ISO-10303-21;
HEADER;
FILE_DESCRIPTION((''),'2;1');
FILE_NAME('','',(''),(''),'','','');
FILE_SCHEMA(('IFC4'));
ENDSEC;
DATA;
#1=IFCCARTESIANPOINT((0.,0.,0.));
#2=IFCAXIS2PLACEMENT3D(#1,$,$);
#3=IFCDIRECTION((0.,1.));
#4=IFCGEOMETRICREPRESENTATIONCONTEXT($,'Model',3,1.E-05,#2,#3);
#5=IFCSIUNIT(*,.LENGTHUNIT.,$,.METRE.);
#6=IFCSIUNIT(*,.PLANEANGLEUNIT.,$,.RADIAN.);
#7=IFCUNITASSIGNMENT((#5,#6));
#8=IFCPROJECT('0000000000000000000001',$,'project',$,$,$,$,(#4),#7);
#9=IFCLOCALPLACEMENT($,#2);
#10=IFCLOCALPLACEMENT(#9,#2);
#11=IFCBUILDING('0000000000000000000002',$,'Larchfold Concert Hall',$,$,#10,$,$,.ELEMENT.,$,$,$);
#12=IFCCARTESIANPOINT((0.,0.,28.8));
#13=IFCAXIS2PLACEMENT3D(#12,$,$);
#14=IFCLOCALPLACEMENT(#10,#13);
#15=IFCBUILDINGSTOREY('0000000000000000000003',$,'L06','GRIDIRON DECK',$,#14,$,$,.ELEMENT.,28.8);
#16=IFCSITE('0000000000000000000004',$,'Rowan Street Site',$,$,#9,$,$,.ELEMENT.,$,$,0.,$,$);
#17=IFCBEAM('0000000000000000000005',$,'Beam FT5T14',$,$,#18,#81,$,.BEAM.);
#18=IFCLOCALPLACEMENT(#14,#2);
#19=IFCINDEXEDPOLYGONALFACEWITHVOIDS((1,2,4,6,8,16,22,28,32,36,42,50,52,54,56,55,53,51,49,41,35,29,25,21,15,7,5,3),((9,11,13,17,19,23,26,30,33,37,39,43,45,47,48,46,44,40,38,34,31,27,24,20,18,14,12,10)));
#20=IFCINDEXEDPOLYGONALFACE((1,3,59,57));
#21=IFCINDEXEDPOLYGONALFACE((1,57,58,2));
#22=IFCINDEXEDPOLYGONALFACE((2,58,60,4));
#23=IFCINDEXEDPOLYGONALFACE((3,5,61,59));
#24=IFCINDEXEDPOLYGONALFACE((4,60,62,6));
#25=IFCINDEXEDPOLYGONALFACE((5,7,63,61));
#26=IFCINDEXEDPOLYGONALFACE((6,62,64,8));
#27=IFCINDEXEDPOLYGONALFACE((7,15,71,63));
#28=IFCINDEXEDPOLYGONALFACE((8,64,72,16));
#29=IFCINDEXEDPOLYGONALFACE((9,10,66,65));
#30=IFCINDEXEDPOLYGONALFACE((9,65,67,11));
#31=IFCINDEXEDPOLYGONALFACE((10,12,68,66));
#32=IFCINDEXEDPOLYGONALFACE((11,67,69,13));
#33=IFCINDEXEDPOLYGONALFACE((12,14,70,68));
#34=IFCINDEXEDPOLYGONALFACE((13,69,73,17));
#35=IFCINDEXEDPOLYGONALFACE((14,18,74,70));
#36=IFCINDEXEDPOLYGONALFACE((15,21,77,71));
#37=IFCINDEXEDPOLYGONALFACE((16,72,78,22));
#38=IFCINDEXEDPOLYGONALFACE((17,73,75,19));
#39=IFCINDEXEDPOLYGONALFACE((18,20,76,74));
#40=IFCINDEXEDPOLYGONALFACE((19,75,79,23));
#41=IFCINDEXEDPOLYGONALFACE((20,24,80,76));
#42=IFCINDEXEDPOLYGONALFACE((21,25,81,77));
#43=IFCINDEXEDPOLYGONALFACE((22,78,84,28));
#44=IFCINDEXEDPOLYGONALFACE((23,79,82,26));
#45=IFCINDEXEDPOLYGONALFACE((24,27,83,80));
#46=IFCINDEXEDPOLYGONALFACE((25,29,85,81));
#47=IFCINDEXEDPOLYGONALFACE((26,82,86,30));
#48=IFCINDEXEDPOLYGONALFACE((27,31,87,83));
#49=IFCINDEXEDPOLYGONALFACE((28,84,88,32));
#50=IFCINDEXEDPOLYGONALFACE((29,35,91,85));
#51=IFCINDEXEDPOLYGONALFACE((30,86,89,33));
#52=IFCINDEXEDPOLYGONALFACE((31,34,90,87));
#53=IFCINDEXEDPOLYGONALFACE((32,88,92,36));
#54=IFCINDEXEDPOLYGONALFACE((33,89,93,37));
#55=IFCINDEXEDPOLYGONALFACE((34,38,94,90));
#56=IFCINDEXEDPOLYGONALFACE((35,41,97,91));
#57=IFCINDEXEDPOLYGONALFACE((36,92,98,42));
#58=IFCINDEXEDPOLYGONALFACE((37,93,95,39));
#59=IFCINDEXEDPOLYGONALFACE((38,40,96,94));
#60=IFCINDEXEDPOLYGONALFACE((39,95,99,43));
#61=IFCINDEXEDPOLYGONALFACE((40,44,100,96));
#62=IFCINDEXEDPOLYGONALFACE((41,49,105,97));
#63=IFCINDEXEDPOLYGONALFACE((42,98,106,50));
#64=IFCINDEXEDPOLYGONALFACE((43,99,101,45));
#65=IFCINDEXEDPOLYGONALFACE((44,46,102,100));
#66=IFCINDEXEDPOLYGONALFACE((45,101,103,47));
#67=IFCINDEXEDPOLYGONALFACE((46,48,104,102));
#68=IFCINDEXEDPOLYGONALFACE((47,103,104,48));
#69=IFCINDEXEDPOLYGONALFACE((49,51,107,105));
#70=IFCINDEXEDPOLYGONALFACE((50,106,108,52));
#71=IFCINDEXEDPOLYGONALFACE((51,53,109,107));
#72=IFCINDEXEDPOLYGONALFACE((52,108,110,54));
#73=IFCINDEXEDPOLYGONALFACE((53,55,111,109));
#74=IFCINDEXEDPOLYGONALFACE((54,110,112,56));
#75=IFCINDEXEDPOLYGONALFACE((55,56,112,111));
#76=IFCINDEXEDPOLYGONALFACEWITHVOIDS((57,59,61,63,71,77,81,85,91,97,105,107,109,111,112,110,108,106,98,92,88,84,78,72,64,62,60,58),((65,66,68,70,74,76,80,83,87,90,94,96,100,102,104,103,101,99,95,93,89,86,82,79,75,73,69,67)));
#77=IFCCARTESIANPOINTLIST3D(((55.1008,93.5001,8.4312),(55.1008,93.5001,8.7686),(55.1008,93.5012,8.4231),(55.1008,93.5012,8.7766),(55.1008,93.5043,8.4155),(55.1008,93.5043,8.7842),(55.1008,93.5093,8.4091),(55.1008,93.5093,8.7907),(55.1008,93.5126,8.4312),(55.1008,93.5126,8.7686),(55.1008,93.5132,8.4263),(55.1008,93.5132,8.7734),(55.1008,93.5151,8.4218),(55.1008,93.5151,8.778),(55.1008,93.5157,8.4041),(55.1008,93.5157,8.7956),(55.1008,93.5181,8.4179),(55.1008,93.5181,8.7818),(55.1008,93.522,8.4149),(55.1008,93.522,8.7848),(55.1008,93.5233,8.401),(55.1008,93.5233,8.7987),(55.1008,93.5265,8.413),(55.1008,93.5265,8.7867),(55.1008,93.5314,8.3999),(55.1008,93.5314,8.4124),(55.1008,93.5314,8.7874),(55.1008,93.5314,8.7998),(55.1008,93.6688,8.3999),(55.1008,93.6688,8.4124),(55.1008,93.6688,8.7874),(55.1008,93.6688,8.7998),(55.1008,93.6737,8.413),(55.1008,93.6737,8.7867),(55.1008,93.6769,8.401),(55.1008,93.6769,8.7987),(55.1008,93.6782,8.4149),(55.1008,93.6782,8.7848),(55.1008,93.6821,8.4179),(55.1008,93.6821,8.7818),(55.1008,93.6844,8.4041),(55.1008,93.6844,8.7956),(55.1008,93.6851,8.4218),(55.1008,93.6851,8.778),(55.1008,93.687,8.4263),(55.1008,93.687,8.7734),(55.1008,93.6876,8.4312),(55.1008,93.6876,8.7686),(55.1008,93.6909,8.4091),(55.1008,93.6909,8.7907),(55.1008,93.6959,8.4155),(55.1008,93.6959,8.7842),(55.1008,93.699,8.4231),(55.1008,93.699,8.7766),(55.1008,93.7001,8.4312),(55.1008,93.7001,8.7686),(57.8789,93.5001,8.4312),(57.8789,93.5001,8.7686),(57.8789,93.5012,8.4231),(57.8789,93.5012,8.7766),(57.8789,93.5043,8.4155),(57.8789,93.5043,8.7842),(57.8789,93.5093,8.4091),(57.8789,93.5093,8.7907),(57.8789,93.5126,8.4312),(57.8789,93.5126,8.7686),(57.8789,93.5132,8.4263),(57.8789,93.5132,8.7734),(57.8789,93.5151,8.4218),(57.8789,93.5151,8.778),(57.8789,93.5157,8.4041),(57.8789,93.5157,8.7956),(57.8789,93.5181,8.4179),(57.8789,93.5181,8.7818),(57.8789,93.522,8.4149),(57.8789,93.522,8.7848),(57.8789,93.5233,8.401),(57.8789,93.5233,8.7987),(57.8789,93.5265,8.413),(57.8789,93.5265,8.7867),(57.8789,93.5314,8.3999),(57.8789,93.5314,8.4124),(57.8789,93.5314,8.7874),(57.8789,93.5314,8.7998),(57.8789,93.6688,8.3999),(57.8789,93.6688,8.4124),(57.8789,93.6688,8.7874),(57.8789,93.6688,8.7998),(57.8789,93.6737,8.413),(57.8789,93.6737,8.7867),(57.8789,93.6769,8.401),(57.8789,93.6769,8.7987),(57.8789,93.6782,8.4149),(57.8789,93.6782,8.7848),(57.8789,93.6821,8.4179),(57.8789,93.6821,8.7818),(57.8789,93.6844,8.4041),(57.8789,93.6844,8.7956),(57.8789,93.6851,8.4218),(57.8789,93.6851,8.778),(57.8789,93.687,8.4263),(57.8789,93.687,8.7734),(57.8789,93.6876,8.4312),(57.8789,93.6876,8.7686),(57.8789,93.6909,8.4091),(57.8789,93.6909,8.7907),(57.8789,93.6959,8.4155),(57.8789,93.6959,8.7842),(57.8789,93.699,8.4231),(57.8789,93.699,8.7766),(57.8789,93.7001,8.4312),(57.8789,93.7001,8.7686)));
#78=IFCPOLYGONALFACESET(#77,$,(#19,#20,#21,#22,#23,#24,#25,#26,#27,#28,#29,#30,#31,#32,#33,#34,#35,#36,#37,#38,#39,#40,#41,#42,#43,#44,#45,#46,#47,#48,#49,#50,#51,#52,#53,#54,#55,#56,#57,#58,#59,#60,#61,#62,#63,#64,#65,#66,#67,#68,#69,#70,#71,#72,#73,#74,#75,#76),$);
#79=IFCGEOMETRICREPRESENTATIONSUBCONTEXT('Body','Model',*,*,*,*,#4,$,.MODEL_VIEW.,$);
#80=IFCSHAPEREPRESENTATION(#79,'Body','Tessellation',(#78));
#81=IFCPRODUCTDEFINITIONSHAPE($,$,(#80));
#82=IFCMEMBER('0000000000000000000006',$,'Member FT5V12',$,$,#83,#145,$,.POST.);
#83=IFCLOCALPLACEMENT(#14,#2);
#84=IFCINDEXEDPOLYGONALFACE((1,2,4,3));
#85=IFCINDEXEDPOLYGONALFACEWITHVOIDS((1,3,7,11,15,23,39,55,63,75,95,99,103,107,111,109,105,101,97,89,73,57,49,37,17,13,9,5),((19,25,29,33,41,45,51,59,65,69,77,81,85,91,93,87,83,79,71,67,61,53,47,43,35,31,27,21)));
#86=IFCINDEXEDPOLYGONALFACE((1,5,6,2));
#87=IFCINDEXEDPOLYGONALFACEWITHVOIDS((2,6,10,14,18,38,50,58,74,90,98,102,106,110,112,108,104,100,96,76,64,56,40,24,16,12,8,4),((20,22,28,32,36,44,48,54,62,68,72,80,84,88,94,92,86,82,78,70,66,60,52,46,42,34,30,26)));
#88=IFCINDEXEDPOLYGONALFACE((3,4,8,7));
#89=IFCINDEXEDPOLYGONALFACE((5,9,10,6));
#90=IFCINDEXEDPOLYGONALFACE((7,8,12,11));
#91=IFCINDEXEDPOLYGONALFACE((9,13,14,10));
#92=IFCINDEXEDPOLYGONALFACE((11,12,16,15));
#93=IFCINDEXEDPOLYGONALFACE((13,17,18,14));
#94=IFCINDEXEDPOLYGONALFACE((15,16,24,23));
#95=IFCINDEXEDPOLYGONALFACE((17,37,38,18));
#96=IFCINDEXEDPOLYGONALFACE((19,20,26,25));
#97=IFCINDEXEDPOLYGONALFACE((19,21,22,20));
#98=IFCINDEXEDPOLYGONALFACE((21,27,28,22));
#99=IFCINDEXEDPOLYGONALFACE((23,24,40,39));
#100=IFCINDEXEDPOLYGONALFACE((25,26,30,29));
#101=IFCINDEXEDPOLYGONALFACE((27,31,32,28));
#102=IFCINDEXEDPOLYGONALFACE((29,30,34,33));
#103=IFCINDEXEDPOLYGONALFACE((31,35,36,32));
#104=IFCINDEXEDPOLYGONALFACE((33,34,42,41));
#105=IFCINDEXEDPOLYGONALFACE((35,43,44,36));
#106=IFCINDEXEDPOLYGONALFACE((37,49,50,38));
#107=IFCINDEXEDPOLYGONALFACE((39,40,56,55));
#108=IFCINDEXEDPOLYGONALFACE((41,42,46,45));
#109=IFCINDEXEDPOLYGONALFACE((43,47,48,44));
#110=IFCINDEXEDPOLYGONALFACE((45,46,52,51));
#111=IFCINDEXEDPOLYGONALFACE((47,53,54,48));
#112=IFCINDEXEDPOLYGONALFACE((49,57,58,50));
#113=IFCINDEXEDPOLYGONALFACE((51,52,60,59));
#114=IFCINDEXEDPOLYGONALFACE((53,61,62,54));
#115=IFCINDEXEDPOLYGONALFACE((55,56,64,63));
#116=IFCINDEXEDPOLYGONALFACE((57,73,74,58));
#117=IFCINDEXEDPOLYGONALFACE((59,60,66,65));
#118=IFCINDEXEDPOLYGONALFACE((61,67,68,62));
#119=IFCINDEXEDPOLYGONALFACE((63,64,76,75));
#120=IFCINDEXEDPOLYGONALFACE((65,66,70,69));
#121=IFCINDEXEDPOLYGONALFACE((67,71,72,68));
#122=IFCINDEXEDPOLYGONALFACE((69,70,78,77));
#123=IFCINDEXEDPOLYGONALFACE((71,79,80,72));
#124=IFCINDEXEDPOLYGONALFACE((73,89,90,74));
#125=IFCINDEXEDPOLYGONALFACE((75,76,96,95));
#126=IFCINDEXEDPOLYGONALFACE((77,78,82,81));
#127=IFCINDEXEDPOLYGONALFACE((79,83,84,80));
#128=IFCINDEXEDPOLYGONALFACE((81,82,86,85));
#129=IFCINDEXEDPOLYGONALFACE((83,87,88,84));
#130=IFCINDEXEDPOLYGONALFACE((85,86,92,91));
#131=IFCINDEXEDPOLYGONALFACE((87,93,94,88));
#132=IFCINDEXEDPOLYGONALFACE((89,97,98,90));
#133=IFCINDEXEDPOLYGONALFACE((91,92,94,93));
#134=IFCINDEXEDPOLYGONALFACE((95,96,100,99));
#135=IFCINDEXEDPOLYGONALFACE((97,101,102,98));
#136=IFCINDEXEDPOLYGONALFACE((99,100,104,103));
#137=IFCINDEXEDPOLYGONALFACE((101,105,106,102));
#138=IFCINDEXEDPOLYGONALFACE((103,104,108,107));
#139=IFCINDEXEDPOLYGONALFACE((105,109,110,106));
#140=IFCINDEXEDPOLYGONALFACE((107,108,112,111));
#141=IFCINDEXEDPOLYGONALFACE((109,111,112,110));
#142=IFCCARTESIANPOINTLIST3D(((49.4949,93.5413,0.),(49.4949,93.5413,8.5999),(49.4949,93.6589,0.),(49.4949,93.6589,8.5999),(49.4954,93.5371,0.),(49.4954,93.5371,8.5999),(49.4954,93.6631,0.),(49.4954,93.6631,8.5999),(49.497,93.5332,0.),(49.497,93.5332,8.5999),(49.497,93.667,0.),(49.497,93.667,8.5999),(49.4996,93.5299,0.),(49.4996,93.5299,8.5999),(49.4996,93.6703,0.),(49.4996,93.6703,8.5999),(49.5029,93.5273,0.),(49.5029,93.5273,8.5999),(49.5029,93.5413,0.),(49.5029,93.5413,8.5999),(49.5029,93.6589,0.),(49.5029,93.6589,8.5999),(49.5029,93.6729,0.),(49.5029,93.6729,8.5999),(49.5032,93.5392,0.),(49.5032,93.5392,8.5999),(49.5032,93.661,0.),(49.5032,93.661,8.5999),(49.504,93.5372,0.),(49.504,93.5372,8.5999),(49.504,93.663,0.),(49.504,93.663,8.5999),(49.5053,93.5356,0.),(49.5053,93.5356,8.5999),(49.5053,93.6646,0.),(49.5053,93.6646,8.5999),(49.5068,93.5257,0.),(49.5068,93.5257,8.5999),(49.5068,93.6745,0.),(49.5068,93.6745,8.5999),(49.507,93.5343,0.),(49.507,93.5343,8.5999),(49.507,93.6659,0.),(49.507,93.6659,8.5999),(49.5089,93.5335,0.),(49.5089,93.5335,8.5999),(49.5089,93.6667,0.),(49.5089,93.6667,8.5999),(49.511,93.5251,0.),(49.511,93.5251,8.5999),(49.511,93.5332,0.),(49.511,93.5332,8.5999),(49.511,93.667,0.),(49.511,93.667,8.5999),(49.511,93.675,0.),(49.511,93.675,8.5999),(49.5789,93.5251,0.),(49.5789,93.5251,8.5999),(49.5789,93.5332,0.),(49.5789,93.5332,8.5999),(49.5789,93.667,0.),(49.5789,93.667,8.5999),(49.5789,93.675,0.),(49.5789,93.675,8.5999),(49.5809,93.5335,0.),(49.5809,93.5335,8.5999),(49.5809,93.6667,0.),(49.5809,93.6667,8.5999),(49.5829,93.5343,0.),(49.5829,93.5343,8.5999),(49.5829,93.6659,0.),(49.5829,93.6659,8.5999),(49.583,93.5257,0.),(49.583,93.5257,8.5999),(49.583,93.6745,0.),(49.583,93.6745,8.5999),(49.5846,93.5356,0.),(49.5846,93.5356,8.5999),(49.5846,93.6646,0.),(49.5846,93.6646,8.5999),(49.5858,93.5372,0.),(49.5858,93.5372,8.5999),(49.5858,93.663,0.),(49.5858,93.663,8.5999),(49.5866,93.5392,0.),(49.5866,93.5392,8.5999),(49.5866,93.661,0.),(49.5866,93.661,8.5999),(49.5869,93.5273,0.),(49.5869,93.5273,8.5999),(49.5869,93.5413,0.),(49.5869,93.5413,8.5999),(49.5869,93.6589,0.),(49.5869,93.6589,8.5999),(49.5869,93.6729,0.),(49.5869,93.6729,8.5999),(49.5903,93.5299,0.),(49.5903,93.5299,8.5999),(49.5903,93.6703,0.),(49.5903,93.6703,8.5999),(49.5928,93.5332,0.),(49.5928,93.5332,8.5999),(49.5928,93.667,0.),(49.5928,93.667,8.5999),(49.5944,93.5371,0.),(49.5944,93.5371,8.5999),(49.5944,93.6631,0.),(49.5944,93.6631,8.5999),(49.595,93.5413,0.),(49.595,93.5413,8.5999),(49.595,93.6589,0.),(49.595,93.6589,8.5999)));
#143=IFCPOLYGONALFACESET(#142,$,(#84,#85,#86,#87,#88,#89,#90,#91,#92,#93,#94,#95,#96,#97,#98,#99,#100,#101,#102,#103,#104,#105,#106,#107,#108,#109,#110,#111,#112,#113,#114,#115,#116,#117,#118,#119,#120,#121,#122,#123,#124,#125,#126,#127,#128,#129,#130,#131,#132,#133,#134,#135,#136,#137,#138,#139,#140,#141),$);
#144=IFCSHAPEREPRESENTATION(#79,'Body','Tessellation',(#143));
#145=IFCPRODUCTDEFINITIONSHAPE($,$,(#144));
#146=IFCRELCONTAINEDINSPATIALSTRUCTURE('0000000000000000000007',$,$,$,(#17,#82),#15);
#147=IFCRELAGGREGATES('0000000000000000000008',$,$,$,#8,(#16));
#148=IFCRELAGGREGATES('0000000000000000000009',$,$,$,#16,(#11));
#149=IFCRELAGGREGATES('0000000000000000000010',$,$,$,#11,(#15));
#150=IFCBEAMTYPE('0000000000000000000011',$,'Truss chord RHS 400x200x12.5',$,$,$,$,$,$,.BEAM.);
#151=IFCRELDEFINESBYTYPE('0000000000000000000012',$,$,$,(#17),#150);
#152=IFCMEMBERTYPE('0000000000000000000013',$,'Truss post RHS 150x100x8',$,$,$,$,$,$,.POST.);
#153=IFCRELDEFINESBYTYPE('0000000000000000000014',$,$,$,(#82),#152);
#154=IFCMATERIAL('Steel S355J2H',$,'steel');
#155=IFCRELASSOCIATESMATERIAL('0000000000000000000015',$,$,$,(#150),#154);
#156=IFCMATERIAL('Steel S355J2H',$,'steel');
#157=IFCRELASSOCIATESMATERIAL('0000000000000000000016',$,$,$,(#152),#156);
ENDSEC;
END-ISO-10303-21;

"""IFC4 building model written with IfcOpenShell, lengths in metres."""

from ifc_helpers import new_model, si_unit, direction, frame, origin, origin_2d, place, context, subcontext, project, spatial, hollow_rectangle, extrude, material, material_profile, profile_set, type_object, element, save


model = new_model("IFC4")

# Units and contexts
model_context = context("Model", 3, precision=1e-05, world=origin(), true_north=direction((0.0, 1.0)))
body_context = subcontext(model_context, "Body", "Model", "MODEL_VIEW")
ifc_project = project(units=[si_unit("LENGTHUNIT", "METRE"), si_unit("PLANEANGLEUNIT", "RADIAN")], contexts=[model_context])

# Site, building, storey
site_placement = place(None, origin())
site = spatial("IfcSite", under=ifc_project, at=site_placement, Name="Rowan Street Site", CompositionType="ELEMENT", RefElevation=0.0)
building_placement = place(site_placement, origin())
building = spatial("IfcBuilding", under=site, at=building_placement, Name="Larchfold Concert Hall", CompositionType="ELEMENT")
storey_placement = place(building_placement, frame((0.0, 0.0, 28.8)))
storey = spatial("IfcBuildingStorey", under=building, at=storey_placement, Name="L06", Description="GRIDIRON DECK", CompositionType="ELEMENT", Elevation=28.8)

# Beam
ifc_material_1 = material(Name="Steel S355J2H", Category="steel")
ifc_material_profile_1 = material_profile(ifc_material_1, hollow_rectangle(XDim=0.2, YDim=0.3999, WallThickness=0.0125, InnerFilletRadius=0.0188, OuterFilletRadius=0.0312, at=origin_2d()))
ifc_profile_set_1 = profile_set([ifc_material_profile_1], Name="Steel S355J2H")
beam_type_1 = type_object("IfcBeamType", Name="Truss chord RHS 400x200x12.5", PredefinedType="BEAM", material=ifc_profile_set_1)
beam_1_placement = place(storey_placement, frame((55.1008, 93.6001, 8.5999), z_axis=(1.0, 0.0, 0.0), x_axis=(0.0, 1.0, 0.0)))
element("IfcBeam", 1, at=beam_1_placement, inside=storey, type_object=beam_type_1, Name="Beam FT5T14", PredefinedType="BEAM", context=body_context, shape_type="SweptSolid", body=[
    extrude(hollow_rectangle(XDim=0.2, YDim=0.3999, WallThickness=0.0125, InnerFilletRadius=0.0188, OuterFilletRadius=0.0312, at=origin_2d()), origin(), (0.0, 0.0, 1.0), 2.7781),
])

# Member
ifc_material_2 = material(Name="Steel S355J2H", Category="steel")
ifc_material_profile_2 = material_profile(ifc_material_2, hollow_rectangle(XDim=0.1001, YDim=0.1499, WallThickness=0.0081, InnerFilletRadius=0.0081, OuterFilletRadius=0.0161, at=origin_2d()))
ifc_profile_set_2 = profile_set([ifc_material_profile_2], Name="Steel S355J2H")
member_type_1 = type_object("IfcMemberType", Name="Truss post RHS 150x100x8", PredefinedType="POST", material=ifc_profile_set_2)
for number, where, z_axis, x_axis, name in (
    (2, (49.5449, 93.6001, 8.5999), (0.0, 0.0, -1.0), (1.0, 0.0, 0.0), "Member FT5V12"),
):
    element("IfcMember", number, at=place(storey_placement, frame(where, z_axis=z_axis, x_axis=x_axis)), inside=storey, type_object=member_type_1, Name=name, PredefinedType="POST", context=body_context, shape_type="SweptSolid", body=[
        extrude(hollow_rectangle(XDim=0.1001, YDim=0.1499, WallThickness=0.0081, InnerFilletRadius=0.0081, OuterFilletRadius=0.0161, at=origin_2d()), origin(), (0.0, 0.0, 1.0), 8.5999),
    ])

save(model, "model.ifc")
